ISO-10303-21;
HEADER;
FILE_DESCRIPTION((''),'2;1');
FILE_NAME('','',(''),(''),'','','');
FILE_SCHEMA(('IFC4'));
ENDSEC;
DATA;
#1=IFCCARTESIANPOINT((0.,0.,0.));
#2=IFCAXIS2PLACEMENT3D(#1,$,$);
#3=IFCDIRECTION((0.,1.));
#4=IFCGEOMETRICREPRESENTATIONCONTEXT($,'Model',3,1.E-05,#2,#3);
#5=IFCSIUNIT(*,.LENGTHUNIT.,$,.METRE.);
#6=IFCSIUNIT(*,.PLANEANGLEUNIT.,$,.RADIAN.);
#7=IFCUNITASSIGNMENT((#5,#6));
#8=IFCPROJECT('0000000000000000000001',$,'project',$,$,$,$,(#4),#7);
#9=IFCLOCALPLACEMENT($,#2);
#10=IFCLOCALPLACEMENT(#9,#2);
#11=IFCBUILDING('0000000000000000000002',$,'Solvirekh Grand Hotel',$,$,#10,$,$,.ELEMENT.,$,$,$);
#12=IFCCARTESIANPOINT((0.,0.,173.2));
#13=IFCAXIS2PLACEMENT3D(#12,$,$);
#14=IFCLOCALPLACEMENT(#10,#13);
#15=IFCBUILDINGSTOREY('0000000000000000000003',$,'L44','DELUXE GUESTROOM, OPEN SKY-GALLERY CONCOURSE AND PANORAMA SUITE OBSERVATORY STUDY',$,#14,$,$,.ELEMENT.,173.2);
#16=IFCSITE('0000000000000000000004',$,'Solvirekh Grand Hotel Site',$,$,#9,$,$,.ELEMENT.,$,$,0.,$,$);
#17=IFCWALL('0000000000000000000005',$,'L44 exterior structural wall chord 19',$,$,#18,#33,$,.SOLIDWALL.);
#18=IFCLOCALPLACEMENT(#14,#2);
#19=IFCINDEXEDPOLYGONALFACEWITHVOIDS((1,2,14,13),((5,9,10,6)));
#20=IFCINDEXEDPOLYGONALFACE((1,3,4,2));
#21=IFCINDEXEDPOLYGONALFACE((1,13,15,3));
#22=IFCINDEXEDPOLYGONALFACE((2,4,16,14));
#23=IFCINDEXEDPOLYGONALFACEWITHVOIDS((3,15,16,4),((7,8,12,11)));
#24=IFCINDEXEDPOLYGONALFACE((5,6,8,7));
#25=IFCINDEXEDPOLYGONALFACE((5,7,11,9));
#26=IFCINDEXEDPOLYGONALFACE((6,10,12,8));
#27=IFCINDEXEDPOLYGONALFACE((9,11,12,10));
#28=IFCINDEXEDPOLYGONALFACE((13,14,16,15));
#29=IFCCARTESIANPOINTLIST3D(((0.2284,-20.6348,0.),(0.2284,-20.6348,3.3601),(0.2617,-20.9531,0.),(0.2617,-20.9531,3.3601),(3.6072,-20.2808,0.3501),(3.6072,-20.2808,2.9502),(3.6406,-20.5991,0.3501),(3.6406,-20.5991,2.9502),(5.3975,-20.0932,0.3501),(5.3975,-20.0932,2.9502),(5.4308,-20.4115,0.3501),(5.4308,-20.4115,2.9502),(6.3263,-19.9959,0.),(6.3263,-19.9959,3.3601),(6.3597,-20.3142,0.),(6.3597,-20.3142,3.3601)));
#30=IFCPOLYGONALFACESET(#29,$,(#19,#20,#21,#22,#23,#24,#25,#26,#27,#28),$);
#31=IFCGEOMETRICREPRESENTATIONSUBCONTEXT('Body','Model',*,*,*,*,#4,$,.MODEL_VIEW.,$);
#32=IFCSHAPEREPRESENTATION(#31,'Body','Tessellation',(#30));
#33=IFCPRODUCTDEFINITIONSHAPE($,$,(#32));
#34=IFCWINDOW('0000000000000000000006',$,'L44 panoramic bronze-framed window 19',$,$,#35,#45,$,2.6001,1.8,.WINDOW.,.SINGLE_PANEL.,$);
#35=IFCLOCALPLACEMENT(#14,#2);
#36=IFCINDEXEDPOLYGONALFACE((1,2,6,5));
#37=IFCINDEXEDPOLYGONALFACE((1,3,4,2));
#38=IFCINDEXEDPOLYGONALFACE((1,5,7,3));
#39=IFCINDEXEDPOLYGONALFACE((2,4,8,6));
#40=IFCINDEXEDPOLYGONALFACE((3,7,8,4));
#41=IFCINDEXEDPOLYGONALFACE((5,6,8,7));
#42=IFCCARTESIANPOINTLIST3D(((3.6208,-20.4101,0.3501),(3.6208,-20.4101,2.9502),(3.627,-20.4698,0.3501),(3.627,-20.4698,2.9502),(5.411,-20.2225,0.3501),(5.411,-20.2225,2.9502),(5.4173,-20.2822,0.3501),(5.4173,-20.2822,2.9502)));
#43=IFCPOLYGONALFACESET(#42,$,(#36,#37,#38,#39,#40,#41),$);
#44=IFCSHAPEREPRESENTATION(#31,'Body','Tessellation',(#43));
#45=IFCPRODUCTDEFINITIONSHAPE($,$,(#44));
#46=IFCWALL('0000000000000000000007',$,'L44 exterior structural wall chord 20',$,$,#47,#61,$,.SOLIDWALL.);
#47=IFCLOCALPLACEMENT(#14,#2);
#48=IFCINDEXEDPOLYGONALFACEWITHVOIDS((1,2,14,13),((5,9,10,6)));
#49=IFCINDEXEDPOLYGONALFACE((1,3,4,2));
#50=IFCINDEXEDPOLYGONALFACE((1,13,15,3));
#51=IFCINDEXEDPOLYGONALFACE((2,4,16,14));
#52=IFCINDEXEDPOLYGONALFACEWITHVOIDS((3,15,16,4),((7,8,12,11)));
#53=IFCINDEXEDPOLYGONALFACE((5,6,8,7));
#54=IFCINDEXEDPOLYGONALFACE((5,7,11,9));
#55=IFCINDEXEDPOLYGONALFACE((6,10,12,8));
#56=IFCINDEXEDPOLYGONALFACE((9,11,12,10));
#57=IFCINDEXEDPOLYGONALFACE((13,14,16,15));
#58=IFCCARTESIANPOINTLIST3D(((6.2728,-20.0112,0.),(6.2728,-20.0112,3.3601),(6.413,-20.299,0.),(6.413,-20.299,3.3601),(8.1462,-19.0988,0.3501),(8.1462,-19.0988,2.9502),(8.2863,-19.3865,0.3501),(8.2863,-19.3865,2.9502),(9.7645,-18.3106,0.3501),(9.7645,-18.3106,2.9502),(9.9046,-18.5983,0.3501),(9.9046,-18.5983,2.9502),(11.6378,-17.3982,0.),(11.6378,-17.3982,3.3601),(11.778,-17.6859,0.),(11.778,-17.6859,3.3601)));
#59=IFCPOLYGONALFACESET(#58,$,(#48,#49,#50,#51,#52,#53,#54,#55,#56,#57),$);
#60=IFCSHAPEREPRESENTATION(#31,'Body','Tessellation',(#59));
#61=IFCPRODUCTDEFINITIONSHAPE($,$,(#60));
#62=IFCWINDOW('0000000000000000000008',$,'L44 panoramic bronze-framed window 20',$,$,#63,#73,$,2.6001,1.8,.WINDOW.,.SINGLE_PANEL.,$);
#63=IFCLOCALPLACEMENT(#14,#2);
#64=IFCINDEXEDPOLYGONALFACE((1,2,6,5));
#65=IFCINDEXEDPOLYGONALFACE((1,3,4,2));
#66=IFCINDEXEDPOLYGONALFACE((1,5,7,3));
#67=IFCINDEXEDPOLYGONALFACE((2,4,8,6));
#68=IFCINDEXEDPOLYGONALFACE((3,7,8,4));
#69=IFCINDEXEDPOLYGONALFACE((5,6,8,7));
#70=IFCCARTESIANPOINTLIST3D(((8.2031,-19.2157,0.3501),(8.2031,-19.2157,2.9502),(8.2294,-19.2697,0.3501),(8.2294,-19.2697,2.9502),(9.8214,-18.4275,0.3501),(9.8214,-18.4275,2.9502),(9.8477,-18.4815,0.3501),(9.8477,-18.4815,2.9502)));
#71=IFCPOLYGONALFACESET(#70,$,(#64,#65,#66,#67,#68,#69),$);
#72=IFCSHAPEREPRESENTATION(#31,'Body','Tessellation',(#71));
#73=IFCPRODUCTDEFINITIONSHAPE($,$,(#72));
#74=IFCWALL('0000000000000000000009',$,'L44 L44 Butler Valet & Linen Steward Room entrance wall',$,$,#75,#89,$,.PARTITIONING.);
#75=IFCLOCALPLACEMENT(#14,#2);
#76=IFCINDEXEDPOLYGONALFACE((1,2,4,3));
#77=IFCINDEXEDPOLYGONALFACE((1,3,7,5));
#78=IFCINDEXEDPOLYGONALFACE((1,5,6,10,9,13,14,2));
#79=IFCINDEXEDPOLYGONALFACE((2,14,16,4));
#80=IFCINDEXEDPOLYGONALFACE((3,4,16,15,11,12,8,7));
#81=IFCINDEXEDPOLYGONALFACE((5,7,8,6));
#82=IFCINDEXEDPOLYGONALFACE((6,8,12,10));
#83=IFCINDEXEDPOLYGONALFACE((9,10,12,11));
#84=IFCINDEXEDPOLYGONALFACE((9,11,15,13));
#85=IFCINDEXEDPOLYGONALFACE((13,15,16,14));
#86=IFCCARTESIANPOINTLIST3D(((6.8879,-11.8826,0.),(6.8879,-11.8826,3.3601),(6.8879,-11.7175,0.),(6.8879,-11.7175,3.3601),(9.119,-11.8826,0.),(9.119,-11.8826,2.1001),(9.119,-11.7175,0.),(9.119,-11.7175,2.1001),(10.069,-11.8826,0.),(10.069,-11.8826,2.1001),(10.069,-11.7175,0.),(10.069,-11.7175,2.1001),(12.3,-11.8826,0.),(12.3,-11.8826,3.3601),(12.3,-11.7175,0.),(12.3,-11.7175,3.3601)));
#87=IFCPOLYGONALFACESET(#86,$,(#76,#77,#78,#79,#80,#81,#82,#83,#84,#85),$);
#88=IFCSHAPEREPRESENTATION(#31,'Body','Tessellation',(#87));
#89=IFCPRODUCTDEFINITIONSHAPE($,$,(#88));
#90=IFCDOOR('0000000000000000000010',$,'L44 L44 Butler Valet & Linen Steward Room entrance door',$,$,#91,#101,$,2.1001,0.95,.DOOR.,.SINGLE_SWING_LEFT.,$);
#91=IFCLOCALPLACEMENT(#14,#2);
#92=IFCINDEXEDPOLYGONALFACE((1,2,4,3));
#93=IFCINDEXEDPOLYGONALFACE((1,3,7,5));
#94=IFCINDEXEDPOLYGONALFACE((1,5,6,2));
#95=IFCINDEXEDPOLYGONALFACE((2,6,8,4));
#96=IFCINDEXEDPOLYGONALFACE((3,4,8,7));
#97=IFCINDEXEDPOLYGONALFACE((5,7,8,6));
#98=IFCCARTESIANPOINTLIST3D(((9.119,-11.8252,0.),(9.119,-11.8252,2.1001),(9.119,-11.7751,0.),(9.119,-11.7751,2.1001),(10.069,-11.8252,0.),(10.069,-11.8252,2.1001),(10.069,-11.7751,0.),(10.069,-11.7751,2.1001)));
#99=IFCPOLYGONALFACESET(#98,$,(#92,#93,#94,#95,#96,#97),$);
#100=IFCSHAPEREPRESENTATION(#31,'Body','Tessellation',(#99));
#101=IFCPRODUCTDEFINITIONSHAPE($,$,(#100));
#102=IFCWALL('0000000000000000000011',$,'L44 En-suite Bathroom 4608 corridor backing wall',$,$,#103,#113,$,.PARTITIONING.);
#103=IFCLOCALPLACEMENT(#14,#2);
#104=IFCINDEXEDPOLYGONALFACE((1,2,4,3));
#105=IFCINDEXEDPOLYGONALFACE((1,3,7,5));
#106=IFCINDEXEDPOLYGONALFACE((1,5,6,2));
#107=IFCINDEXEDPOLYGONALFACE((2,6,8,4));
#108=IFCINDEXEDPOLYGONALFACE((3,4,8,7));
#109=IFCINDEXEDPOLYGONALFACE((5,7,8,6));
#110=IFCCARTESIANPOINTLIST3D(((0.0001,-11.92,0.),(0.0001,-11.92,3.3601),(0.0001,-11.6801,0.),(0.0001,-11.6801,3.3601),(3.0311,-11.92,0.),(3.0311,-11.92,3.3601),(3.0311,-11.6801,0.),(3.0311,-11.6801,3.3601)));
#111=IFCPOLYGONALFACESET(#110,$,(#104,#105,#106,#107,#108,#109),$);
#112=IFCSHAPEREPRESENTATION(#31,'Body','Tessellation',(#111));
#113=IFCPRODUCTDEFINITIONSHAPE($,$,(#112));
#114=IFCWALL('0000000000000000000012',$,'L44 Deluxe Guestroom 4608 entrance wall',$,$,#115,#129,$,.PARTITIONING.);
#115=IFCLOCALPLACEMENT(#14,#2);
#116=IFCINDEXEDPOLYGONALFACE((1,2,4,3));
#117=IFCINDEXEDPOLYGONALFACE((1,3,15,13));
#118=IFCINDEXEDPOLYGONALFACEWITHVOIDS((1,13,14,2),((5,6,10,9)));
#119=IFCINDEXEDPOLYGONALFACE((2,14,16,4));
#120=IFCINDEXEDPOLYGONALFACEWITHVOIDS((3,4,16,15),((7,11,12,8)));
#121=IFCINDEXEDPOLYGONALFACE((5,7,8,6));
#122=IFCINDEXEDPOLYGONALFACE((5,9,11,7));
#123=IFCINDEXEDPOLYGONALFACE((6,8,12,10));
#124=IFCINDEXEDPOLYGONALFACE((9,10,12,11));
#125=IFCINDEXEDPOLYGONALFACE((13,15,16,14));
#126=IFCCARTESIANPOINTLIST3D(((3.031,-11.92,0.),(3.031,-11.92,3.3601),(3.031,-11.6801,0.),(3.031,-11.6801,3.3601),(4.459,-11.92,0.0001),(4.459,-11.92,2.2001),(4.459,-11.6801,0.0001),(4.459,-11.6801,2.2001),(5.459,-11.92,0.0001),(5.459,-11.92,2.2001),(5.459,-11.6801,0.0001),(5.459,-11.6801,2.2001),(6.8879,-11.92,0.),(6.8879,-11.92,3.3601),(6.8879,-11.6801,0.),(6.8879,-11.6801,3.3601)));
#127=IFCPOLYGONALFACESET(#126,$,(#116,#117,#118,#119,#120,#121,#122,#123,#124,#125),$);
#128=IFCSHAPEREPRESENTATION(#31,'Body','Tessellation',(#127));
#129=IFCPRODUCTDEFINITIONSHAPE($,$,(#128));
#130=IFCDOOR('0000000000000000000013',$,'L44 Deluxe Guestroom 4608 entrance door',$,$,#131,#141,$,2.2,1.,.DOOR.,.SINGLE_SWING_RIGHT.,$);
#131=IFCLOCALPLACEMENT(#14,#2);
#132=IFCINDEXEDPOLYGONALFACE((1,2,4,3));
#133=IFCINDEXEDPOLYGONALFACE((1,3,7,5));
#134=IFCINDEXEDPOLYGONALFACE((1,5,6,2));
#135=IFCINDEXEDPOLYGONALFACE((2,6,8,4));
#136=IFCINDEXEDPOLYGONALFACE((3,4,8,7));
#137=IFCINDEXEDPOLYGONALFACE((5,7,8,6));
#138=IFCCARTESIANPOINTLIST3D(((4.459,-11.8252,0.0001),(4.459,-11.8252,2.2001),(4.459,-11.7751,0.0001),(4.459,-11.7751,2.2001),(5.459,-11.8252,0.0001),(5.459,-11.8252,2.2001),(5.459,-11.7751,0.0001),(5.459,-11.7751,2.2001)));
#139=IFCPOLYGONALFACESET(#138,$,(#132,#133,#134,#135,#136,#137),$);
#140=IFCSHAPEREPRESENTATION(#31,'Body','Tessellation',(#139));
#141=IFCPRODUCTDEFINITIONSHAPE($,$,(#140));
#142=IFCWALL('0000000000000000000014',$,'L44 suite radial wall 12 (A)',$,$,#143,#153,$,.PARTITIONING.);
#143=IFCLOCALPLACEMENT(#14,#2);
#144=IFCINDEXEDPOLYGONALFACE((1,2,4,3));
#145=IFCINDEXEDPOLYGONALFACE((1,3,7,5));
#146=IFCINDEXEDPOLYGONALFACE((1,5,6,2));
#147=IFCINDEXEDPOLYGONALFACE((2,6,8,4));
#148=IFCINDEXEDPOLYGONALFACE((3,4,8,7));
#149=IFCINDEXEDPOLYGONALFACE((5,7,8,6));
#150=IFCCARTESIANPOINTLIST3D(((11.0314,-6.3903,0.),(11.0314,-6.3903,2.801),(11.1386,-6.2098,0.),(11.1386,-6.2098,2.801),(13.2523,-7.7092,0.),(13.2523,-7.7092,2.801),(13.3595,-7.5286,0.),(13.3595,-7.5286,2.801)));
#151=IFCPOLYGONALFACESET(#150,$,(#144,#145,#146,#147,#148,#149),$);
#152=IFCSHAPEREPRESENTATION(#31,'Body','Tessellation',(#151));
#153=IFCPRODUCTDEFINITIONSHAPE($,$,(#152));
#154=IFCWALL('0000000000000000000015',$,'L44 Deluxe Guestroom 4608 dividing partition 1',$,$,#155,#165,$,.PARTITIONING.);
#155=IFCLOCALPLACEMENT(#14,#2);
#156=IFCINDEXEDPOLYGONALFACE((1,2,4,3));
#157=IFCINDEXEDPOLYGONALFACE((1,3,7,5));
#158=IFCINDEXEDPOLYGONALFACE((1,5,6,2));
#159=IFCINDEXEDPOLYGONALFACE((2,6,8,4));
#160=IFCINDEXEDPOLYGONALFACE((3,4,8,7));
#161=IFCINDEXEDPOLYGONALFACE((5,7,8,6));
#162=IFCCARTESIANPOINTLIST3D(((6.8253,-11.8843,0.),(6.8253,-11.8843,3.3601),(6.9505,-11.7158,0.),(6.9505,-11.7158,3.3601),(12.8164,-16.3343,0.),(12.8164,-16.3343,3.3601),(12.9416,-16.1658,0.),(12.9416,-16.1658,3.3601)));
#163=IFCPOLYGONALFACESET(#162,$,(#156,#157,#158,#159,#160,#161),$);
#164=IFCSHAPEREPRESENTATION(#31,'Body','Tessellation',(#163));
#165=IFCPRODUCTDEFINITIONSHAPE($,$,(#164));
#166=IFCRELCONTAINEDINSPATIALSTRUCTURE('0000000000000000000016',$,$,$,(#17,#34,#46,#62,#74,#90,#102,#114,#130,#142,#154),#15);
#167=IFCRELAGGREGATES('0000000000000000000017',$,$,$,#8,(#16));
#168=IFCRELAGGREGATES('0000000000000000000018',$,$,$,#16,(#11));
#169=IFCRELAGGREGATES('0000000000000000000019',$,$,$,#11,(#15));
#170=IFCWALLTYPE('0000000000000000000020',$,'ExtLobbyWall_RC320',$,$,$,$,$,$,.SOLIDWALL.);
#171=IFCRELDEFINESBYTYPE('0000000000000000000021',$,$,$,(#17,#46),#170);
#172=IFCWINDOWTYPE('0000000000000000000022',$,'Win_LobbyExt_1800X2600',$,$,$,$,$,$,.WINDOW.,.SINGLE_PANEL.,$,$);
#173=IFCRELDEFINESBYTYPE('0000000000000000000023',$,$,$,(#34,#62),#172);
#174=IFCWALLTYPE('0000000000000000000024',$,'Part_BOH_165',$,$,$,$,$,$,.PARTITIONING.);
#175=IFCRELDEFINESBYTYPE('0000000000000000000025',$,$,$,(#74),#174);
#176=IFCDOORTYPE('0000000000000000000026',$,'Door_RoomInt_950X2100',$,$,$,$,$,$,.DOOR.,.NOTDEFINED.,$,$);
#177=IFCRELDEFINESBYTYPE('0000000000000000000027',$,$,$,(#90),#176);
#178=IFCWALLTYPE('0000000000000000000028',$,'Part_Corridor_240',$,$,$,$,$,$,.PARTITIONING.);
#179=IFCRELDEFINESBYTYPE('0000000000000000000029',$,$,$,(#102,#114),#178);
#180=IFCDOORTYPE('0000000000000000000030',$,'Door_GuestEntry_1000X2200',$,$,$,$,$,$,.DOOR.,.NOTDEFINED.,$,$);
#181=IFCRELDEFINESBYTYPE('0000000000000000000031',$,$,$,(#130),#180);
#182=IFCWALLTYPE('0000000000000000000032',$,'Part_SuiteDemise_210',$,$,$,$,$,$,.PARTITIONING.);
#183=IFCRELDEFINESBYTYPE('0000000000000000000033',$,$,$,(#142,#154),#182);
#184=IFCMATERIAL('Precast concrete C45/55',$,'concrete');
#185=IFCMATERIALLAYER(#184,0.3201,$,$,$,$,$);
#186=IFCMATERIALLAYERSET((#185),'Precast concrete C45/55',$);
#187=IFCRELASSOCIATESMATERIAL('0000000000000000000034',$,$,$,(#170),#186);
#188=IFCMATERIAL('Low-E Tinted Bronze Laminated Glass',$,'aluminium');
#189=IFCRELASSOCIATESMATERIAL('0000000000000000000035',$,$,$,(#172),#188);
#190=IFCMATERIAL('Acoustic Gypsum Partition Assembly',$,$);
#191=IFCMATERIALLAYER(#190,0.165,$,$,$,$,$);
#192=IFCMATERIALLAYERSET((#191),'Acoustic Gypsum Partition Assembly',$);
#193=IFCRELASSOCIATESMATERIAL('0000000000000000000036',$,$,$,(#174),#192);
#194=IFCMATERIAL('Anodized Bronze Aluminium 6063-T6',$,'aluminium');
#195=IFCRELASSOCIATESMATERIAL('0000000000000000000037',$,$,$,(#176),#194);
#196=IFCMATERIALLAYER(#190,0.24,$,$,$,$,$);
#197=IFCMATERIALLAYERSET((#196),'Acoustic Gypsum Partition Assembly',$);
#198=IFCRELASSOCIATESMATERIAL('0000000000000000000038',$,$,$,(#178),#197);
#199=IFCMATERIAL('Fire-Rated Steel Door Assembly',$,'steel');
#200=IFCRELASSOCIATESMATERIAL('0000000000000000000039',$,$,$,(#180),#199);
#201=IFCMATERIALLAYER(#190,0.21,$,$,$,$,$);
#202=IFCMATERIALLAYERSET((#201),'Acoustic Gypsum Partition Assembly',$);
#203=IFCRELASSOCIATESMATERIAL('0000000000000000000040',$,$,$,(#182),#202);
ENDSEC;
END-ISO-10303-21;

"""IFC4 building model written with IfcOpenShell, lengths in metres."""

from ifc_helpers import new_model, si_unit, direction, frame, frame_2d, origin, place, context, subcontext, project, spatial, rectangle, extrude, material, layer, layer_set, type_object, element, fill, save


model = new_model("IFC4")

# Units and contexts
model_context = context("Model", 3, precision=1e-05, world=origin(), true_north=direction((0.0, 1.0)))
body_context = subcontext(model_context, "Body", "Model", "MODEL_VIEW")
ifc_project = project(units=[si_unit("LENGTHUNIT", "METRE"), si_unit("PLANEANGLEUNIT", "RADIAN")], contexts=[model_context])

# Site, building, storey
site_placement = place(None, origin())
site = spatial("IfcSite", under=ifc_project, at=site_placement, Name="Solvirekh Grand Hotel Site", CompositionType="ELEMENT", RefElevation=0.0)
building_placement = place(site_placement, origin())
building = spatial("IfcBuilding", under=site, at=building_placement, Name="Solvirekh Grand Hotel", CompositionType="ELEMENT")
storey_placement = place(building_placement, frame((0.0, 0.0, 173.2)))
storey = spatial("IfcBuildingStorey", under=building, at=storey_placement, Name="L44", Description="DELUXE GUESTROOM, OPEN SKY-GALLERY CONCOURSE AND PANORAMA SUITE OBSERVATORY STUDY", CompositionType="ELEMENT", Elevation=173.2)

# Shared definitions
ifc_material_1 = material(Name="Anodized Bronze Aluminium 6063-T6", Category="aluminium")

# Walls, openings, windows
ifc_material_2 = material(Name="Precast concrete C45/55", Category="concrete")
ifc_layer_1 = layer(ifc_material_2, 0.3201)
ifc_layer_set_1 = layer_set([ifc_layer_1], Name="Precast concrete C45/55")
wall_type_1 = type_object("IfcWallType", Name="ExtLobbyWall_RC320", PredefinedType="SOLIDWALL", material=ifc_layer_set_1)
wall_1_placement = place(storey_placement, frame((6.343, -20.155, 0.0), z_axis=(0.0, 0.0, 1.0), x_axis=(-0.994556, -0.104206, 0.0)))
wall_1 = element("IfcWall", 1, at=wall_1_placement, inside=storey, type_object=wall_type_1, Name="L44 exterior structural wall chord 19", PredefinedType="SOLIDWALL", context=body_context, shape_type="SweptSolid", body=[
    extrude(rectangle(XDim=6.1313, YDim=0.3201, at=frame_2d((3.0657, 0.0))), origin(), (0.0, 0.0, 1.0), 3.3601),
])
opening_1_placement = place(wall_1_placement, frame((0.9341, 0.0, 0.3501)))
opening_1 = element("IfcOpeningElement", 2, at=opening_1_placement, cuts=wall_1, PredefinedType="OPENING", context=body_context, shape_type="SweptSolid", body=[
    extrude(rectangle(XDim=1.8, YDim=2.6001, at=frame_2d((0.8999, 1.3))), frame((0.0, 0.1699, 0.0), z_axis=(0.0, -1.0, 0.0), x_axis=(1.0, 0.0, 0.0)), (0.0, 0.0, 1.0), 0.3401),
])
ifc_material_3 = material(Name="Low-E Tinted Bronze Laminated Glass", Category="aluminium")
window_type = type_object("IfcWindowType", Name="Win_LobbyExt_1800X2600", PartitioningType="SINGLE_PANEL", PredefinedType="WINDOW", material=ifc_material_3)
window_1_placement = place(opening_1_placement, origin())
window_1 = element("IfcWindow", 3, at=window_1_placement, inside=storey, type_object=window_type, Name="L44 panoramic bronze-framed window 19", OverallHeight=2.6001, OverallWidth=1.8, PartitioningType="SINGLE_PANEL", PredefinedType="WINDOW", context=body_context, shape_type="SweptSolid", body=[
    extrude(rectangle(XDim=1.8, YDim=2.6001, at=frame_2d((0.8999, 1.3))), frame((0.0, 0.03, 0.0), z_axis=(0.0, -1.0, 0.0), x_axis=(1.0, 0.0, 0.0)), (0.0, 0.0, 1.0), 0.0601),
])
fill(opening_1, window_1)
wall_2_placement = place(storey_placement, frame((11.708, -17.542, 0.0), z_axis=(0.0, 0.0, 1.0), x_axis=(-0.899034, -0.437878, 0.0)))
wall_2 = element("IfcWall", 4, at=wall_2_placement, inside=storey, type_object=wall_type_1, Name="L44 exterior structural wall chord 20", PredefinedType="SOLIDWALL", context=body_context, shape_type="SweptSolid", body=[
    extrude(rectangle(XDim=5.9675, YDim=0.3201, at=frame_2d((2.9839, 0.0))), origin(), (0.0, 0.0, 1.0), 3.3601),
])
opening_2_placement = place(wall_2_placement, frame((2.084, 0.0, 0.3501)))
opening_2 = element("IfcOpeningElement", 5, at=opening_2_placement, cuts=wall_2, PredefinedType="OPENING", context=body_context, shape_type="SweptSolid", body=[
    extrude(rectangle(XDim=1.8, YDim=2.6001, at=frame_2d((0.8999, 1.3))), frame((0.0, 0.1699, 0.0), z_axis=(0.0, -1.0, 0.0), x_axis=(1.0, 0.0, 0.0)), (0.0, 0.0, 1.0), 0.3401),
])
window_2_placement = place(opening_2_placement, origin())
window_2 = element("IfcWindow", 6, at=window_2_placement, inside=storey, type_object=window_type, Name="L44 panoramic bronze-framed window 20", OverallHeight=2.6001, OverallWidth=1.8, PartitioningType="SINGLE_PANEL", PredefinedType="WINDOW", context=body_context, shape_type="SweptSolid", body=[
    extrude(rectangle(XDim=1.8, YDim=2.6001, at=frame_2d((0.8999, 1.3))), frame((0.0, 0.03, 0.0), z_axis=(0.0, -1.0, 0.0), x_axis=(1.0, 0.0, 0.0)), (0.0, 0.0, 1.0), 0.0601),
])
fill(opening_2, window_2)

# Wall, opening, door
ifc_material_4 = material(Name="Acoustic Gypsum Partition Assembly")
ifc_layer_2 = layer(ifc_material_4, 0.165)
ifc_layer_set_2 = layer_set([ifc_layer_2], Name="Acoustic Gypsum Partition Assembly")
wall_type_2 = type_object("IfcWallType", Name="Part_BOH_165", PredefinedType="PARTITIONING", material=ifc_layer_set_2)
wall_3_placement = place(storey_placement, frame((6.8879, -11.8, 0.0), z_axis=(0.0, 0.0, 1.0), x_axis=(1.0, 0.0, 0.0)))
wall_3 = element("IfcWall", 7, at=wall_3_placement, inside=storey, type_object=wall_type_2, Name="L44 L44 Butler Valet & Linen Steward Room entrance wall", PredefinedType="PARTITIONING", context=body_context, shape_type="SweptSolid", body=[
    extrude(rectangle(XDim=5.4121, YDim=0.165, at=frame_2d((2.7061, 0.0))), origin(), (0.0, 0.0, 1.0), 3.3601),
])
opening_3_placement = place(wall_3_placement, frame((2.231, 0.0, 0.0)))
opening_3 = element("IfcOpeningElement", 8, at=opening_3_placement, cuts=wall_3, PredefinedType="OPENING", context=body_context, shape_type="SweptSolid", body=[
    extrude(rectangle(XDim=0.95, YDim=2.1001, at=frame_2d((0.4751, 1.05))), frame((0.0, 0.0925, 0.0), z_axis=(0.0, -1.0, 0.0), x_axis=(1.0, 0.0, 0.0)), (0.0, 0.0, 1.0), 0.1851),
])
door_type_1 = type_object("IfcDoorType", Name="Door_RoomInt_950X2100", OperationType="NOTDEFINED", PredefinedType="DOOR", material=ifc_material_1)
door_1_placement = place(opening_3_placement, origin())
door_1 = element("IfcDoor", 9, at=door_1_placement, inside=storey, type_object=door_type_1, Name="L44 L44 Butler Valet & Linen Steward Room entrance door", OperationType="SINGLE_SWING_LEFT", OverallHeight=2.1001, OverallWidth=0.95, PredefinedType="DOOR", context=body_context, shape_type="SweptSolid", body=[
    extrude(rectangle(XDim=0.95, YDim=2.1001, at=frame_2d((0.4751, 1.05))), frame((0.0, 0.0249, 0.0), z_axis=(0.0, -1.0, 0.0), x_axis=(1.0, 0.0, 0.0)), (0.0, 0.0, 1.0), 0.05),
])
fill(opening_3, door_1)

# Wall
ifc_layer_3 = layer(ifc_material_4, 0.24)
ifc_layer_set_3 = layer_set([ifc_layer_3], Name="Acoustic Gypsum Partition Assembly")
wall_type_3 = type_object("IfcWallType", Name="Part_Corridor_240", PredefinedType="PARTITIONING", material=ifc_layer_set_3)
wall_4_placement = place(storey_placement, frame((0.0, -11.8, 0.0), z_axis=(0.0, 0.0, 1.0), x_axis=(1.0, 0.0, 0.0)))
element("IfcWall", 10, at=wall_4_placement, inside=storey, type_object=wall_type_3, Name="L44 En-suite Bathroom 4608 corridor backing wall", PredefinedType="PARTITIONING", context=body_context, shape_type="SweptSolid", body=[
    extrude(rectangle(XDim=3.031, YDim=0.24, at=frame_2d((1.5156, 0.0))), origin(), (0.0, 0.0, 1.0), 3.3601),
])

# Wall, opening, door
wall_5_placement = place(storey_placement, frame((3.031, -11.8, 0.0), z_axis=(0.0, 0.0, 1.0), x_axis=(1.0, 0.0, 0.0)))
wall_5 = element("IfcWall", 11, at=wall_5_placement, inside=storey, type_object=wall_type_3, Name="L44 Deluxe Guestroom 4608 entrance wall", PredefinedType="PARTITIONING", context=body_context, shape_type="SweptSolid", body=[
    extrude(rectangle(XDim=3.8569, YDim=0.24, at=frame_2d((1.9285, 0.0))), origin(), (0.0, 0.0, 1.0), 3.3601),
])
opening_4_placement = place(wall_5_placement, frame((1.428, 0.0, 0.0)))
opening_4 = element("IfcOpeningElement", 12, at=opening_4_placement, cuts=wall_5, PredefinedType="OPENING", context=body_context, shape_type="SweptSolid", body=[
    extrude(rectangle(XDim=1.0, YDim=2.2, at=frame_2d((0.5, 1.1001))), frame((0.0, 0.1299, 0.0), z_axis=(0.0, -1.0, 0.0), x_axis=(1.0, 0.0, 0.0)), (0.0, 0.0, 1.0), 0.26),
])
ifc_material_5 = material(Name="Fire-Rated Steel Door Assembly", Category="steel")
door_type_2 = type_object("IfcDoorType", Name="Door_GuestEntry_1000X2200", OperationType="NOTDEFINED", PredefinedType="DOOR", material=ifc_material_5)
door_2_placement = place(opening_4_placement, origin())
door_2 = element("IfcDoor", 13, at=door_2_placement, inside=storey, type_object=door_type_2, Name="L44 Deluxe Guestroom 4608 entrance door", OperationType="SINGLE_SWING_RIGHT", OverallHeight=2.2, OverallWidth=1.0, PredefinedType="DOOR", context=body_context, shape_type="SweptSolid", body=[
    extrude(rectangle(XDim=1.0, YDim=2.2, at=frame_2d((0.5, 1.1001))), frame((0.0, 0.0249, 0.0), z_axis=(0.0, -1.0, 0.0), x_axis=(1.0, 0.0, 0.0)), (0.0, 0.0, 1.0), 0.05),
])
fill(opening_4, door_2)

# Walls
ifc_layer_4 = layer(ifc_material_4, 0.21)
ifc_layer_set_4 = layer_set([ifc_layer_4], Name="Acoustic Gypsum Partition Assembly")
wall_type_4 = type_object("IfcWallType", Name="Part_SuiteDemise_210", PredefinedType="PARTITIONING", material=ifc_layer_set_4)
wall_6_placement = place(storey_placement, frame((11.085, -6.3, 0.0), z_axis=(0.0, 0.0, 1.0), x_axis=(0.859828, -0.510585, 0.0)))
element("IfcWall", 14, at=wall_6_placement, inside=storey, type_object=wall_type_4, Name="L44 suite radial wall 12 (A)", PredefinedType="PARTITIONING", context=body_context, shape_type="SweptSolid", body=[
    extrude(rectangle(XDim=2.583, YDim=0.21, at=frame_2d((1.2915, 0.0))), origin(), (0.0, 0.0, 1.0), 2.801),
])
wall_7_placement = place(storey_placement, frame((6.8879, -11.8, 0.0), z_axis=(0.0, 0.0, 1.0), x_axis=(0.802775, -0.596282, 0.0)))
element("IfcWall", 15, at=wall_7_placement, inside=storey, type_object=wall_type_4, Name="L44 Deluxe Guestroom 4608 dividing partition 1", PredefinedType="PARTITIONING", context=body_context, shape_type="SweptSolid", body=[
    extrude(rectangle(XDim=7.4629, YDim=0.21, at=frame_2d((3.7314, 0.0))), origin(), (0.0, 0.0, 1.0), 3.3601),
])

save(model, "model.ifc")
